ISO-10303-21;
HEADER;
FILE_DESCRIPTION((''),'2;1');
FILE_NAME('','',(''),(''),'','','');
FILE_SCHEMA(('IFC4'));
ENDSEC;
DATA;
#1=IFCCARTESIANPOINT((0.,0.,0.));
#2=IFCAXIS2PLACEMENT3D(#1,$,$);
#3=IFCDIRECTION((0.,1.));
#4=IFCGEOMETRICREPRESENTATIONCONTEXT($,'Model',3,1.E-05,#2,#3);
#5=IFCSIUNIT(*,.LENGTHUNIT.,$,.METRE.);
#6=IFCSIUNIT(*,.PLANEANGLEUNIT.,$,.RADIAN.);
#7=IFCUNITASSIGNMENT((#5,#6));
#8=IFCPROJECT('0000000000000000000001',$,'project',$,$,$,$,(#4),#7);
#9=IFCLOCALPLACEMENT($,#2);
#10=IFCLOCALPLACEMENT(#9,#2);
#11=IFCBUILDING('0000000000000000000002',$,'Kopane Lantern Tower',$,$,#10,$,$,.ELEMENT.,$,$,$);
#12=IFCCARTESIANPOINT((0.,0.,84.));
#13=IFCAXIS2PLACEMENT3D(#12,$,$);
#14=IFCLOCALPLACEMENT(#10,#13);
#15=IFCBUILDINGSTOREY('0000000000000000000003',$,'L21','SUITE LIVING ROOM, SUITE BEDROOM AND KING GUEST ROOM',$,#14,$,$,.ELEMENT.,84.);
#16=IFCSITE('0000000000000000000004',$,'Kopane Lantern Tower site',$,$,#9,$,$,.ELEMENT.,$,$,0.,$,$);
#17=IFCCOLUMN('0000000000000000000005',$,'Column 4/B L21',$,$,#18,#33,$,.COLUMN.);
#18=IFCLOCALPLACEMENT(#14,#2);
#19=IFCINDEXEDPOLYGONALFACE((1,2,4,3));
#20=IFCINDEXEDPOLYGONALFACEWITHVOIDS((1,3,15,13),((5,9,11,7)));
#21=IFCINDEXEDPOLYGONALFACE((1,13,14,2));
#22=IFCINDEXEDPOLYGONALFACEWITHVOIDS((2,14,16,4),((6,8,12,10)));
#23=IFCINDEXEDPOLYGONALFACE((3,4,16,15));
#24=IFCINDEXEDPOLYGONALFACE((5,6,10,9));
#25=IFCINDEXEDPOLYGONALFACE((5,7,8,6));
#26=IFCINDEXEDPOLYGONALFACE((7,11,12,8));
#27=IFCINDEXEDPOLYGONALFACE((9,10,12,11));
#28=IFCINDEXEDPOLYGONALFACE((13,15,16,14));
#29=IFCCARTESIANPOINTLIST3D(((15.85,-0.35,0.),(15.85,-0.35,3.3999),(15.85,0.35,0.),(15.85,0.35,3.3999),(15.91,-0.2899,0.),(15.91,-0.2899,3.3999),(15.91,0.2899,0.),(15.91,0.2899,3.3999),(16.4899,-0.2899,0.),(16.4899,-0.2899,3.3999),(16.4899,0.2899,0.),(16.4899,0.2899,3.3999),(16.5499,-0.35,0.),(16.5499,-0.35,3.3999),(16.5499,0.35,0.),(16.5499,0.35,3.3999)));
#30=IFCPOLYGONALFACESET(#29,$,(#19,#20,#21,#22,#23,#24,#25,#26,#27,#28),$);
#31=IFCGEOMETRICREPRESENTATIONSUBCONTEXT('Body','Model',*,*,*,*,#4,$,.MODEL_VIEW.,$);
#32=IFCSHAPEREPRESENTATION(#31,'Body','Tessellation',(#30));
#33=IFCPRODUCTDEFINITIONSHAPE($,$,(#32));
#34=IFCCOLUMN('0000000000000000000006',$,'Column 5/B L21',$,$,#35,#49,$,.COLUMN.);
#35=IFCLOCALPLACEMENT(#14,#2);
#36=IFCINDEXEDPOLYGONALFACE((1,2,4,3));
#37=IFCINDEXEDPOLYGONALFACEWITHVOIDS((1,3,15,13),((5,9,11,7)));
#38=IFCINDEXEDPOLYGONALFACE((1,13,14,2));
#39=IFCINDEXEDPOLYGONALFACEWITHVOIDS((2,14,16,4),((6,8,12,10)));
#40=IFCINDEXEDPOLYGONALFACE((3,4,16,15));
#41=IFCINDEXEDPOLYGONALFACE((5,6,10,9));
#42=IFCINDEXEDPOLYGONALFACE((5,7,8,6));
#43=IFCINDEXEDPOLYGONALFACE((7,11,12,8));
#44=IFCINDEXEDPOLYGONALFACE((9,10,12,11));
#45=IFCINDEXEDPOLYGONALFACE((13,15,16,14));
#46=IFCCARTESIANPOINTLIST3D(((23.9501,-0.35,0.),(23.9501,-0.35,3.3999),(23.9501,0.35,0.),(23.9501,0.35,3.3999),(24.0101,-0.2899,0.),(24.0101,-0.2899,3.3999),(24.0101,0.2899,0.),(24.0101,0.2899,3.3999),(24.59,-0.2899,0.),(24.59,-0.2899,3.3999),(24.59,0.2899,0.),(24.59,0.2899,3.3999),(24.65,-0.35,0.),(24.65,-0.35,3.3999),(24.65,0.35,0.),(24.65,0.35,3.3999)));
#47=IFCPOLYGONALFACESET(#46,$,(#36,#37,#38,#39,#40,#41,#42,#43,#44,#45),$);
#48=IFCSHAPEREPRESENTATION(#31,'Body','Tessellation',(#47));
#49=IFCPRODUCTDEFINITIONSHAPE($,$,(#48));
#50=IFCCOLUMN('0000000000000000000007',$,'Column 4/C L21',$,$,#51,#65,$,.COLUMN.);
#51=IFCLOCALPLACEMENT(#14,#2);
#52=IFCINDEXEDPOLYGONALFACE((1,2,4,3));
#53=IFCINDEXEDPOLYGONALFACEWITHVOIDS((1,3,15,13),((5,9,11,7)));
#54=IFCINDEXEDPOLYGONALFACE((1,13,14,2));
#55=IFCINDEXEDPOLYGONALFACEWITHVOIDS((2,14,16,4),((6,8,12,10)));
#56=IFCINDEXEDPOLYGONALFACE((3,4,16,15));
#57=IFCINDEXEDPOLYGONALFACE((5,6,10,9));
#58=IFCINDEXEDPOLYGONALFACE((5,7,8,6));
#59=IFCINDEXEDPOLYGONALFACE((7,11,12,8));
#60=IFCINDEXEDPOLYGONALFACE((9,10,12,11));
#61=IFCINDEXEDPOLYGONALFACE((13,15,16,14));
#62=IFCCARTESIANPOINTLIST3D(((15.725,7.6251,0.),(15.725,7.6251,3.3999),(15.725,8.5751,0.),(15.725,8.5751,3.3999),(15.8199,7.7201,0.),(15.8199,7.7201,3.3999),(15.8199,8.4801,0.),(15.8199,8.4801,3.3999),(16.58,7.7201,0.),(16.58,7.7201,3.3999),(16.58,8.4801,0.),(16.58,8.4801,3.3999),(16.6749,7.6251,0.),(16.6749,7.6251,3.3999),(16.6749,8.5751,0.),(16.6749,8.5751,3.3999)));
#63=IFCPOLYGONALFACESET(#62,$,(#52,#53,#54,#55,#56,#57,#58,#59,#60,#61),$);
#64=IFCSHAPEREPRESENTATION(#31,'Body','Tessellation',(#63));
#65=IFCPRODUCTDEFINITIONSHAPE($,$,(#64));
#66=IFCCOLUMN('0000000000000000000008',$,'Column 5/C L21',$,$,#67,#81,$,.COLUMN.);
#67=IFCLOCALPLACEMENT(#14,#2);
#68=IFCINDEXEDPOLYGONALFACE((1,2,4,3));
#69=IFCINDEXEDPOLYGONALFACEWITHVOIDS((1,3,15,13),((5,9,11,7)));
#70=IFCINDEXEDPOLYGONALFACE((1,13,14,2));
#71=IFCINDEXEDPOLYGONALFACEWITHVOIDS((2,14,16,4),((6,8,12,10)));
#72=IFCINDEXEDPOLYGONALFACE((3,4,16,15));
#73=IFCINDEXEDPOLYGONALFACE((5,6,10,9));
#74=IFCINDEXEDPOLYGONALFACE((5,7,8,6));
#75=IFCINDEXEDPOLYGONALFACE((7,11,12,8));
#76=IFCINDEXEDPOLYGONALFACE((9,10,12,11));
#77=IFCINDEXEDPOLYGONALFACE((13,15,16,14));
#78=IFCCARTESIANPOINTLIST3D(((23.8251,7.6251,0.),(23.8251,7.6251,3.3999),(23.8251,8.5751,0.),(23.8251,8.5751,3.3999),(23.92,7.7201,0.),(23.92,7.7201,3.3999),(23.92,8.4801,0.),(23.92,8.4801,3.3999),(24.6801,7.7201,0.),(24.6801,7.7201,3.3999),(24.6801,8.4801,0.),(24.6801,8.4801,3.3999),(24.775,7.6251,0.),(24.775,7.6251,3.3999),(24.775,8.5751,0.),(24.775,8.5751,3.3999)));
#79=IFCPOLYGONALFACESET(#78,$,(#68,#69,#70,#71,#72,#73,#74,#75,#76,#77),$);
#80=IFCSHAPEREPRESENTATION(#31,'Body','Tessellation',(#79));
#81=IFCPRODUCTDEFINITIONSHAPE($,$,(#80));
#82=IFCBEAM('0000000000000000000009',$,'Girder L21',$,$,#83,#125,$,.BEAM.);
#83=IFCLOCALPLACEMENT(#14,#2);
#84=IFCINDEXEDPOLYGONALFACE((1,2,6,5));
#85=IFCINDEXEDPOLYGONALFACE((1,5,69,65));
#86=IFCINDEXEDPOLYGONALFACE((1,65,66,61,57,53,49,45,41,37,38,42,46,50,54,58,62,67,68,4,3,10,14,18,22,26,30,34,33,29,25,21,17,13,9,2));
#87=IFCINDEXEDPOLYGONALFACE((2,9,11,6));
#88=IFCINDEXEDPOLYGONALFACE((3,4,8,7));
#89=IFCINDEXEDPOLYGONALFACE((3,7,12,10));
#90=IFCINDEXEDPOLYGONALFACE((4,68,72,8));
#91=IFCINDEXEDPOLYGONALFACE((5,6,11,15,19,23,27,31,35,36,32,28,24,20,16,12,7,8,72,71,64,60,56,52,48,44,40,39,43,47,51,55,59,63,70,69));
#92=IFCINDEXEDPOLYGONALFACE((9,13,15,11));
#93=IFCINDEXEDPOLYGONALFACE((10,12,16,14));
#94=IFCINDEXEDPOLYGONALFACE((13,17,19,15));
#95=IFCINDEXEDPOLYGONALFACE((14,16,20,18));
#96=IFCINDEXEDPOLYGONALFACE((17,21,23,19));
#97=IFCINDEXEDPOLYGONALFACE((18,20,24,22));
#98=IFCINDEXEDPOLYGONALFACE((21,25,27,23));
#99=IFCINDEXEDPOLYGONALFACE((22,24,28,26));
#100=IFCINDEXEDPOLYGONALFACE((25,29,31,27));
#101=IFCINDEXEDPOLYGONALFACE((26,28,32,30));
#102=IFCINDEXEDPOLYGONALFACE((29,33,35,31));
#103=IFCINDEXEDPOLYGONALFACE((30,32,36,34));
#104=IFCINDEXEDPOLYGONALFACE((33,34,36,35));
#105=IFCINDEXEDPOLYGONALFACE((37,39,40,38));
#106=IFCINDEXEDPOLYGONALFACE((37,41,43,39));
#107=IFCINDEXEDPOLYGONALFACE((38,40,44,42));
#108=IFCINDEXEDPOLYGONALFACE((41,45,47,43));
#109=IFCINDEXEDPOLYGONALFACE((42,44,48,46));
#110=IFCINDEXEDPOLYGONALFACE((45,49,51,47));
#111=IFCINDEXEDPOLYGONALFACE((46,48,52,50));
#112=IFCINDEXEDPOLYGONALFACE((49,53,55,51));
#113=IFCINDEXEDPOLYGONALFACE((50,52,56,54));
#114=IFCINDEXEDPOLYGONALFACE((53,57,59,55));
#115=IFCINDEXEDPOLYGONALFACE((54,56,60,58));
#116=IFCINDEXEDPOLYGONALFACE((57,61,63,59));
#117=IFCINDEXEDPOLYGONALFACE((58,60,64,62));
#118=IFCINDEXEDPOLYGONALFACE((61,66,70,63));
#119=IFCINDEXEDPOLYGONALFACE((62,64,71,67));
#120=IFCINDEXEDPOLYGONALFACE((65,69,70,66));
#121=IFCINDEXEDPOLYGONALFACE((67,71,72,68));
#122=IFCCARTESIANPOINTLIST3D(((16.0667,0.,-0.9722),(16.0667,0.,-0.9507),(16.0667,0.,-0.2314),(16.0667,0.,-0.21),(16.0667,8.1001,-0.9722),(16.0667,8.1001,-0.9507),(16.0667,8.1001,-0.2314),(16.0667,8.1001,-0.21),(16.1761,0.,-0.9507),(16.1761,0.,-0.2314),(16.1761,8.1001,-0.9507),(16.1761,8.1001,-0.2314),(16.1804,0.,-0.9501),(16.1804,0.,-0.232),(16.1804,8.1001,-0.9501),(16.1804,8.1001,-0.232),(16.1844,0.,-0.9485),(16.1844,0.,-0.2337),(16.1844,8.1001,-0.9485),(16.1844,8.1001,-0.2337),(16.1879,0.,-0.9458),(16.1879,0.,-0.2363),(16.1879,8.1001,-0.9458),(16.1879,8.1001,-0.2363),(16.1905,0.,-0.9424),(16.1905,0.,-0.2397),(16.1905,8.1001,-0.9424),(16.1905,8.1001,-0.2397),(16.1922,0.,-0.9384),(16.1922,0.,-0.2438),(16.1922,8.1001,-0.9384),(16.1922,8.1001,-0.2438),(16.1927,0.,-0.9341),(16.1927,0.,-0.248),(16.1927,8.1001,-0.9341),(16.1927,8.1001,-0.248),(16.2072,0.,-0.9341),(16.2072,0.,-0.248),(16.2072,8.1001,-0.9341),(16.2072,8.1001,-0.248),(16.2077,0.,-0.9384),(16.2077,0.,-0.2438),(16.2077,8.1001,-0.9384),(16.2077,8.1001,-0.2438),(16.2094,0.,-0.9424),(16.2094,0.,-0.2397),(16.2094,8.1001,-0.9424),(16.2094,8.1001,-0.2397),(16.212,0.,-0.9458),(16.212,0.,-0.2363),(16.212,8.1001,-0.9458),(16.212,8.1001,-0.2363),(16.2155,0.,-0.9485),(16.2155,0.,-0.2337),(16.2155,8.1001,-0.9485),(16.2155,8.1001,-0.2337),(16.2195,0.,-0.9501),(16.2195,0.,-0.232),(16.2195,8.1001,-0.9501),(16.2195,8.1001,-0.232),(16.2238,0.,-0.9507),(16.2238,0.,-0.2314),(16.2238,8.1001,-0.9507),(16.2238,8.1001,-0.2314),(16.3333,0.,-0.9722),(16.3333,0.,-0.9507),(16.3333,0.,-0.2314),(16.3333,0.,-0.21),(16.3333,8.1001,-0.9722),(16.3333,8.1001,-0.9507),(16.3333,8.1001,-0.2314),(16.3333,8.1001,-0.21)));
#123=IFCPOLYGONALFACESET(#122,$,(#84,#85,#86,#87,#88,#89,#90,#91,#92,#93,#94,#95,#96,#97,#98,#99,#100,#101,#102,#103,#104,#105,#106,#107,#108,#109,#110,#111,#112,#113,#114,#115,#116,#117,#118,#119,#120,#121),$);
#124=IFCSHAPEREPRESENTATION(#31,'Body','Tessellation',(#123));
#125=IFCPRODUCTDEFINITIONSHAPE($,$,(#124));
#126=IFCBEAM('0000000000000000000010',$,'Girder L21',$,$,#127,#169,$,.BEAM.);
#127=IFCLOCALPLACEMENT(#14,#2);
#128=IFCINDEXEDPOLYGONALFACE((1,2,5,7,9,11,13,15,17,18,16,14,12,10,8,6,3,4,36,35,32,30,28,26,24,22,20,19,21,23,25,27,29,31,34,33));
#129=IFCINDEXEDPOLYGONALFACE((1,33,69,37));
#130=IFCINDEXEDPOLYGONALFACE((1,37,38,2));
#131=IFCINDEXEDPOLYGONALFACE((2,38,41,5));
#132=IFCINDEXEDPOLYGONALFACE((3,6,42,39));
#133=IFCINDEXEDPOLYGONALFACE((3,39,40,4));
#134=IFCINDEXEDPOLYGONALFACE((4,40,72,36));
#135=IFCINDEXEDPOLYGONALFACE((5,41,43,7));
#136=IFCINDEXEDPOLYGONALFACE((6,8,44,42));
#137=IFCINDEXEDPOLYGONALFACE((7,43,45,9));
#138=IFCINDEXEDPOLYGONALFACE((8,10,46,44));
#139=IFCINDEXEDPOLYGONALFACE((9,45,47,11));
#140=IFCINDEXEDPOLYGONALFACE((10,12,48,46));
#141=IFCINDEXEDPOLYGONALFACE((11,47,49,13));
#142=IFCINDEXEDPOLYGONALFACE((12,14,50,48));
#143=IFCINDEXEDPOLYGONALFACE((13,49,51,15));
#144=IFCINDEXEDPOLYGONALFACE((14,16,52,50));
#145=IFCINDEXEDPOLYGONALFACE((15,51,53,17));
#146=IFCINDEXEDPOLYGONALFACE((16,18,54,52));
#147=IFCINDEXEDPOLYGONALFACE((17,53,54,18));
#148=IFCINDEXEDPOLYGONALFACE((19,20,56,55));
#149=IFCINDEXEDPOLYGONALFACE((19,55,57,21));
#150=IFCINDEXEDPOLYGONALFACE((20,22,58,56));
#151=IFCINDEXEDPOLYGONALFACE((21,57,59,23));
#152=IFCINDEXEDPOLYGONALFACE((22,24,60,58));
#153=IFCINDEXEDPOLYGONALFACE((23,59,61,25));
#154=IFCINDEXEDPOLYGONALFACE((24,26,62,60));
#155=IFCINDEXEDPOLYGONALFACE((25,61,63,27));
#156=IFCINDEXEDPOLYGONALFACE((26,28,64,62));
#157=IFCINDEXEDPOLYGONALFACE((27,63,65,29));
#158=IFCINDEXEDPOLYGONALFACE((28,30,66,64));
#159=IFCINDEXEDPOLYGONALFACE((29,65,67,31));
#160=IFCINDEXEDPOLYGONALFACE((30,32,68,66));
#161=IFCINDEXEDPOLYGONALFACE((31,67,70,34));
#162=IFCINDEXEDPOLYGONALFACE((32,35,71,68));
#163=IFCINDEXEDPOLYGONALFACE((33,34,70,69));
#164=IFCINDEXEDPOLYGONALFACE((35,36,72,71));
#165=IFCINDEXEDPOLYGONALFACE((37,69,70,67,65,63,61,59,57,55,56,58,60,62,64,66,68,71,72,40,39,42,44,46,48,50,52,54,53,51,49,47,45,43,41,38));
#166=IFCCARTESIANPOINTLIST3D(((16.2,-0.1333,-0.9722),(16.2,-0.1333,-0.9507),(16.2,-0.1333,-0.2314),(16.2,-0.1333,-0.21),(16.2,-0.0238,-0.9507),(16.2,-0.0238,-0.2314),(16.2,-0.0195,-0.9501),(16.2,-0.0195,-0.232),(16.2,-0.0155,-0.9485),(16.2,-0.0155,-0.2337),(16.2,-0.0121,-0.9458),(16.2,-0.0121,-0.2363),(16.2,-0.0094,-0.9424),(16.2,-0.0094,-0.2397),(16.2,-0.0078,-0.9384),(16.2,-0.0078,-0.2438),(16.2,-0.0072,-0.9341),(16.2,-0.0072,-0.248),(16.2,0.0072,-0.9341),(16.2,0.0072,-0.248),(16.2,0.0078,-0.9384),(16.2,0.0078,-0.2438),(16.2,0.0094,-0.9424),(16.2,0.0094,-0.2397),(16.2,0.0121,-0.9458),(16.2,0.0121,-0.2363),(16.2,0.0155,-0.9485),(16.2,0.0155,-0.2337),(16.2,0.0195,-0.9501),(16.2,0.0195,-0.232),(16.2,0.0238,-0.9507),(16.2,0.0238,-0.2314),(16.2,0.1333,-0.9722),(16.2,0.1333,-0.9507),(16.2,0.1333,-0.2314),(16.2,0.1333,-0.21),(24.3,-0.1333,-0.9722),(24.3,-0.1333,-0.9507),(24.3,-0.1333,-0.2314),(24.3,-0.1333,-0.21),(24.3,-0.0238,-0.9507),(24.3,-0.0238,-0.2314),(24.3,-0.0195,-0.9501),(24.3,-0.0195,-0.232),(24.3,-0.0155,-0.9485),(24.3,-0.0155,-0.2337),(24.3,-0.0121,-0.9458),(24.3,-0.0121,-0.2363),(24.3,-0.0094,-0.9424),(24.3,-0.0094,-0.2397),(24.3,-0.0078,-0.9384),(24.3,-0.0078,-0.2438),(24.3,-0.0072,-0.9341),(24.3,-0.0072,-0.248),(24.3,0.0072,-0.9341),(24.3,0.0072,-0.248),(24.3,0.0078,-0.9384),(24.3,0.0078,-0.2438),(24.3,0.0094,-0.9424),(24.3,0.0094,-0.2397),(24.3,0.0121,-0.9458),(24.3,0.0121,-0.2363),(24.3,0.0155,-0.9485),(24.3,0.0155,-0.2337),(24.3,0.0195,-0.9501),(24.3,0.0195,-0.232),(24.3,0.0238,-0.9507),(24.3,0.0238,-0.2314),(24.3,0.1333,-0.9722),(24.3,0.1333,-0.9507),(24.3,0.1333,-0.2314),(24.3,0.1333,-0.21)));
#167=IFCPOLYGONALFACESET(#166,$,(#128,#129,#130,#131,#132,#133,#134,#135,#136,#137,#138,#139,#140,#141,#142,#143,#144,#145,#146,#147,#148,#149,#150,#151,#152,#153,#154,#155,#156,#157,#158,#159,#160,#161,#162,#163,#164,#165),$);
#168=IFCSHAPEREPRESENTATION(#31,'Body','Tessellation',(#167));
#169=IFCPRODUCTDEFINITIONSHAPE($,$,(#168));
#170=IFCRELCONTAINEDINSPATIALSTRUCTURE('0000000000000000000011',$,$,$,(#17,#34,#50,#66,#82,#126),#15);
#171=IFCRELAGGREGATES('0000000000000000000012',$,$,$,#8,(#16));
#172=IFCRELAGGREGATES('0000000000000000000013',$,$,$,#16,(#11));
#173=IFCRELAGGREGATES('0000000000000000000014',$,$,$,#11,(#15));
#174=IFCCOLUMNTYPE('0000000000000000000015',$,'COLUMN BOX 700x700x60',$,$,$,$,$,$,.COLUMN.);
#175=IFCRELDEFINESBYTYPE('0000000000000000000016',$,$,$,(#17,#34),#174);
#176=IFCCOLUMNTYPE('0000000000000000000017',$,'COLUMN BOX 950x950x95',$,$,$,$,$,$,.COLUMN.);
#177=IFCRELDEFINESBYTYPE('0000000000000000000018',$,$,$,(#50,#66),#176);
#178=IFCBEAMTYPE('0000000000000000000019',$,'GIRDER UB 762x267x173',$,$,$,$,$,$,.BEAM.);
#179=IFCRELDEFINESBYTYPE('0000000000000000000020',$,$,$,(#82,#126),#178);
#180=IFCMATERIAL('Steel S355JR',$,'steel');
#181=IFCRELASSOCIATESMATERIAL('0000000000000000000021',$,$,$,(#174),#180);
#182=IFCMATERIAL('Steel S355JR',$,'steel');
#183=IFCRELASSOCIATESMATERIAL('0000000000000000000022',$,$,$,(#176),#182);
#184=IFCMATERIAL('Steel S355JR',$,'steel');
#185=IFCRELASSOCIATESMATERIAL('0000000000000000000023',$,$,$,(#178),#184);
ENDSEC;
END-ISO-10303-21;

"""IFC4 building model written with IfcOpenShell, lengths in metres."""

from ifc_helpers import new_model, si_unit, direction, frame, origin, origin_2d, place, context, subcontext, project, spatial, hollow_rectangle, i_section, extrude, material, material_profile, profile_set, type_object, element, save


model = new_model("IFC4")

# Units and contexts
model_context = context("Model", 3, precision=1e-05, world=origin(), true_north=direction((0.0, 1.0)))
body_context = subcontext(model_context, "Body", "Model", "MODEL_VIEW")
ifc_project = project(units=[si_unit("LENGTHUNIT", "METRE"), si_unit("PLANEANGLEUNIT", "RADIAN")], contexts=[model_context])

# Site, building, storey
site_placement = place(None, origin())
site = spatial("IfcSite", under=ifc_project, at=site_placement, Name="Kopane Lantern Tower site", CompositionType="ELEMENT", RefElevation=0.0)
building_placement = place(site_placement, origin())
building = spatial("IfcBuilding", under=site, at=building_placement, Name="Kopane Lantern Tower", CompositionType="ELEMENT")
storey_placement = place(building_placement, frame((0.0, 0.0, 84.0)))
storey = spatial("IfcBuildingStorey", under=building, at=storey_placement, Name="L21", Description="SUITE LIVING ROOM, SUITE BEDROOM AND KING GUEST ROOM", CompositionType="ELEMENT", Elevation=84.0)

# Columns
ifc_material_1 = material(Name="Steel S355JR", Category="steel")
ifc_material_profile_1 = material_profile(ifc_material_1, hollow_rectangle(XDim=0.7, YDim=0.7, WallThickness=0.0601, at=origin_2d()), Name="BOX 700x700x60")
ifc_profile_set_1 = profile_set([ifc_material_profile_1], Name="Steel S355JR")
column_type_1 = type_object("IfcColumnType", Name="COLUMN BOX 700x700x60", PredefinedType="COLUMN", material=ifc_profile_set_1)
for number, where, z_axis, x_axis, name in (
    (1, (16.2, 0.0, 0.0), (0.0, 0.0, 1.0), (1.0, 0.0, 0.0), "Column 4/B L21"),
    (2, (24.3, 0.0, 0.0), (0.0, 0.0, 1.0), (1.0, 0.0, 0.0), "Column 5/B L21"),
):
    element("IfcColumn", number, at=place(storey_placement, frame(where, z_axis=z_axis, x_axis=x_axis)), inside=storey, type_object=column_type_1, Name=name, PredefinedType="COLUMN", context=body_context, shape_type="SweptSolid", body=[
        extrude(hollow_rectangle(XDim=0.7, YDim=0.7, WallThickness=0.0601, at=origin_2d()), origin(), (0.0, 0.0, 1.0), 3.3999),
    ])
ifc_material_2 = material(Name="Steel S355JR", Category="steel")
ifc_material_profile_2 = material_profile(ifc_material_2, hollow_rectangle(XDim=0.95, YDim=0.95, WallThickness=0.095, at=origin_2d()), Name="BOX 950x950x95")
ifc_profile_set_2 = profile_set([ifc_material_profile_2], Name="Steel S355JR")
column_type_2 = type_object("IfcColumnType", Name="COLUMN BOX 950x950x95", PredefinedType="COLUMN", material=ifc_profile_set_2)
for number, where, z_axis, x_axis, name in (
    (3, (16.2, 8.1001, 0.0), (0.0, 0.0, 1.0), (1.0, 0.0, 0.0), "Column 4/C L21"),
    (4, (24.3, 8.1001, 0.0), (0.0, 0.0, 1.0), (1.0, 0.0, 0.0), "Column 5/C L21"),
):
    element("IfcColumn", number, at=place(storey_placement, frame(where, z_axis=z_axis, x_axis=x_axis)), inside=storey, type_object=column_type_2, Name=name, PredefinedType="COLUMN", context=body_context, shape_type="SweptSolid", body=[
        extrude(hollow_rectangle(XDim=0.95, YDim=0.95, WallThickness=0.095, at=origin_2d()), origin(), (0.0, 0.0, 1.0), 3.3999),
    ])

# Beams
ifc_material_3 = material(Name="Steel S355JR", Category="steel")
ifc_material_profile_3 = material_profile(ifc_material_3, i_section(OverallWidth=0.2666, OverallDepth=0.7622, WebThickness=0.0144, FlangeThickness=0.0215, FilletRadius=0.0166, at=origin_2d()), Name="UB 762x267x173")
ifc_profile_set_3 = profile_set([ifc_material_profile_3], Name="Steel S355JR")
beam_type = type_object("IfcBeamType", Name="GIRDER UB 762x267x173", PredefinedType="BEAM", material=ifc_profile_set_3)
for number, where, z_axis, x_axis, name in (
    (5, (16.2, 0.0, -0.5911), (0.0, 1.0, 0.0), (-1.0, 0.0, 0.0), "Girder L21"),
    (6, (16.2, 0.0, -0.5911), (1.0, 0.0, 0.0), (0.0, 1.0, 0.0), "Girder L21"),
):
    element("IfcBeam", number, at=place(storey_placement, frame(where, z_axis=z_axis, x_axis=x_axis)), inside=storey, type_object=beam_type, Name=name, PredefinedType="BEAM", context=body_context, shape_type="SweptSolid", body=[
        extrude(i_section(OverallWidth=0.2666, OverallDepth=0.7622, WebThickness=0.0144, FlangeThickness=0.0215, FilletRadius=0.0166, at=origin_2d()), origin(), (0.0, 0.0, 1.0), 8.1001),
    ])

save(model, "model.ifc")
